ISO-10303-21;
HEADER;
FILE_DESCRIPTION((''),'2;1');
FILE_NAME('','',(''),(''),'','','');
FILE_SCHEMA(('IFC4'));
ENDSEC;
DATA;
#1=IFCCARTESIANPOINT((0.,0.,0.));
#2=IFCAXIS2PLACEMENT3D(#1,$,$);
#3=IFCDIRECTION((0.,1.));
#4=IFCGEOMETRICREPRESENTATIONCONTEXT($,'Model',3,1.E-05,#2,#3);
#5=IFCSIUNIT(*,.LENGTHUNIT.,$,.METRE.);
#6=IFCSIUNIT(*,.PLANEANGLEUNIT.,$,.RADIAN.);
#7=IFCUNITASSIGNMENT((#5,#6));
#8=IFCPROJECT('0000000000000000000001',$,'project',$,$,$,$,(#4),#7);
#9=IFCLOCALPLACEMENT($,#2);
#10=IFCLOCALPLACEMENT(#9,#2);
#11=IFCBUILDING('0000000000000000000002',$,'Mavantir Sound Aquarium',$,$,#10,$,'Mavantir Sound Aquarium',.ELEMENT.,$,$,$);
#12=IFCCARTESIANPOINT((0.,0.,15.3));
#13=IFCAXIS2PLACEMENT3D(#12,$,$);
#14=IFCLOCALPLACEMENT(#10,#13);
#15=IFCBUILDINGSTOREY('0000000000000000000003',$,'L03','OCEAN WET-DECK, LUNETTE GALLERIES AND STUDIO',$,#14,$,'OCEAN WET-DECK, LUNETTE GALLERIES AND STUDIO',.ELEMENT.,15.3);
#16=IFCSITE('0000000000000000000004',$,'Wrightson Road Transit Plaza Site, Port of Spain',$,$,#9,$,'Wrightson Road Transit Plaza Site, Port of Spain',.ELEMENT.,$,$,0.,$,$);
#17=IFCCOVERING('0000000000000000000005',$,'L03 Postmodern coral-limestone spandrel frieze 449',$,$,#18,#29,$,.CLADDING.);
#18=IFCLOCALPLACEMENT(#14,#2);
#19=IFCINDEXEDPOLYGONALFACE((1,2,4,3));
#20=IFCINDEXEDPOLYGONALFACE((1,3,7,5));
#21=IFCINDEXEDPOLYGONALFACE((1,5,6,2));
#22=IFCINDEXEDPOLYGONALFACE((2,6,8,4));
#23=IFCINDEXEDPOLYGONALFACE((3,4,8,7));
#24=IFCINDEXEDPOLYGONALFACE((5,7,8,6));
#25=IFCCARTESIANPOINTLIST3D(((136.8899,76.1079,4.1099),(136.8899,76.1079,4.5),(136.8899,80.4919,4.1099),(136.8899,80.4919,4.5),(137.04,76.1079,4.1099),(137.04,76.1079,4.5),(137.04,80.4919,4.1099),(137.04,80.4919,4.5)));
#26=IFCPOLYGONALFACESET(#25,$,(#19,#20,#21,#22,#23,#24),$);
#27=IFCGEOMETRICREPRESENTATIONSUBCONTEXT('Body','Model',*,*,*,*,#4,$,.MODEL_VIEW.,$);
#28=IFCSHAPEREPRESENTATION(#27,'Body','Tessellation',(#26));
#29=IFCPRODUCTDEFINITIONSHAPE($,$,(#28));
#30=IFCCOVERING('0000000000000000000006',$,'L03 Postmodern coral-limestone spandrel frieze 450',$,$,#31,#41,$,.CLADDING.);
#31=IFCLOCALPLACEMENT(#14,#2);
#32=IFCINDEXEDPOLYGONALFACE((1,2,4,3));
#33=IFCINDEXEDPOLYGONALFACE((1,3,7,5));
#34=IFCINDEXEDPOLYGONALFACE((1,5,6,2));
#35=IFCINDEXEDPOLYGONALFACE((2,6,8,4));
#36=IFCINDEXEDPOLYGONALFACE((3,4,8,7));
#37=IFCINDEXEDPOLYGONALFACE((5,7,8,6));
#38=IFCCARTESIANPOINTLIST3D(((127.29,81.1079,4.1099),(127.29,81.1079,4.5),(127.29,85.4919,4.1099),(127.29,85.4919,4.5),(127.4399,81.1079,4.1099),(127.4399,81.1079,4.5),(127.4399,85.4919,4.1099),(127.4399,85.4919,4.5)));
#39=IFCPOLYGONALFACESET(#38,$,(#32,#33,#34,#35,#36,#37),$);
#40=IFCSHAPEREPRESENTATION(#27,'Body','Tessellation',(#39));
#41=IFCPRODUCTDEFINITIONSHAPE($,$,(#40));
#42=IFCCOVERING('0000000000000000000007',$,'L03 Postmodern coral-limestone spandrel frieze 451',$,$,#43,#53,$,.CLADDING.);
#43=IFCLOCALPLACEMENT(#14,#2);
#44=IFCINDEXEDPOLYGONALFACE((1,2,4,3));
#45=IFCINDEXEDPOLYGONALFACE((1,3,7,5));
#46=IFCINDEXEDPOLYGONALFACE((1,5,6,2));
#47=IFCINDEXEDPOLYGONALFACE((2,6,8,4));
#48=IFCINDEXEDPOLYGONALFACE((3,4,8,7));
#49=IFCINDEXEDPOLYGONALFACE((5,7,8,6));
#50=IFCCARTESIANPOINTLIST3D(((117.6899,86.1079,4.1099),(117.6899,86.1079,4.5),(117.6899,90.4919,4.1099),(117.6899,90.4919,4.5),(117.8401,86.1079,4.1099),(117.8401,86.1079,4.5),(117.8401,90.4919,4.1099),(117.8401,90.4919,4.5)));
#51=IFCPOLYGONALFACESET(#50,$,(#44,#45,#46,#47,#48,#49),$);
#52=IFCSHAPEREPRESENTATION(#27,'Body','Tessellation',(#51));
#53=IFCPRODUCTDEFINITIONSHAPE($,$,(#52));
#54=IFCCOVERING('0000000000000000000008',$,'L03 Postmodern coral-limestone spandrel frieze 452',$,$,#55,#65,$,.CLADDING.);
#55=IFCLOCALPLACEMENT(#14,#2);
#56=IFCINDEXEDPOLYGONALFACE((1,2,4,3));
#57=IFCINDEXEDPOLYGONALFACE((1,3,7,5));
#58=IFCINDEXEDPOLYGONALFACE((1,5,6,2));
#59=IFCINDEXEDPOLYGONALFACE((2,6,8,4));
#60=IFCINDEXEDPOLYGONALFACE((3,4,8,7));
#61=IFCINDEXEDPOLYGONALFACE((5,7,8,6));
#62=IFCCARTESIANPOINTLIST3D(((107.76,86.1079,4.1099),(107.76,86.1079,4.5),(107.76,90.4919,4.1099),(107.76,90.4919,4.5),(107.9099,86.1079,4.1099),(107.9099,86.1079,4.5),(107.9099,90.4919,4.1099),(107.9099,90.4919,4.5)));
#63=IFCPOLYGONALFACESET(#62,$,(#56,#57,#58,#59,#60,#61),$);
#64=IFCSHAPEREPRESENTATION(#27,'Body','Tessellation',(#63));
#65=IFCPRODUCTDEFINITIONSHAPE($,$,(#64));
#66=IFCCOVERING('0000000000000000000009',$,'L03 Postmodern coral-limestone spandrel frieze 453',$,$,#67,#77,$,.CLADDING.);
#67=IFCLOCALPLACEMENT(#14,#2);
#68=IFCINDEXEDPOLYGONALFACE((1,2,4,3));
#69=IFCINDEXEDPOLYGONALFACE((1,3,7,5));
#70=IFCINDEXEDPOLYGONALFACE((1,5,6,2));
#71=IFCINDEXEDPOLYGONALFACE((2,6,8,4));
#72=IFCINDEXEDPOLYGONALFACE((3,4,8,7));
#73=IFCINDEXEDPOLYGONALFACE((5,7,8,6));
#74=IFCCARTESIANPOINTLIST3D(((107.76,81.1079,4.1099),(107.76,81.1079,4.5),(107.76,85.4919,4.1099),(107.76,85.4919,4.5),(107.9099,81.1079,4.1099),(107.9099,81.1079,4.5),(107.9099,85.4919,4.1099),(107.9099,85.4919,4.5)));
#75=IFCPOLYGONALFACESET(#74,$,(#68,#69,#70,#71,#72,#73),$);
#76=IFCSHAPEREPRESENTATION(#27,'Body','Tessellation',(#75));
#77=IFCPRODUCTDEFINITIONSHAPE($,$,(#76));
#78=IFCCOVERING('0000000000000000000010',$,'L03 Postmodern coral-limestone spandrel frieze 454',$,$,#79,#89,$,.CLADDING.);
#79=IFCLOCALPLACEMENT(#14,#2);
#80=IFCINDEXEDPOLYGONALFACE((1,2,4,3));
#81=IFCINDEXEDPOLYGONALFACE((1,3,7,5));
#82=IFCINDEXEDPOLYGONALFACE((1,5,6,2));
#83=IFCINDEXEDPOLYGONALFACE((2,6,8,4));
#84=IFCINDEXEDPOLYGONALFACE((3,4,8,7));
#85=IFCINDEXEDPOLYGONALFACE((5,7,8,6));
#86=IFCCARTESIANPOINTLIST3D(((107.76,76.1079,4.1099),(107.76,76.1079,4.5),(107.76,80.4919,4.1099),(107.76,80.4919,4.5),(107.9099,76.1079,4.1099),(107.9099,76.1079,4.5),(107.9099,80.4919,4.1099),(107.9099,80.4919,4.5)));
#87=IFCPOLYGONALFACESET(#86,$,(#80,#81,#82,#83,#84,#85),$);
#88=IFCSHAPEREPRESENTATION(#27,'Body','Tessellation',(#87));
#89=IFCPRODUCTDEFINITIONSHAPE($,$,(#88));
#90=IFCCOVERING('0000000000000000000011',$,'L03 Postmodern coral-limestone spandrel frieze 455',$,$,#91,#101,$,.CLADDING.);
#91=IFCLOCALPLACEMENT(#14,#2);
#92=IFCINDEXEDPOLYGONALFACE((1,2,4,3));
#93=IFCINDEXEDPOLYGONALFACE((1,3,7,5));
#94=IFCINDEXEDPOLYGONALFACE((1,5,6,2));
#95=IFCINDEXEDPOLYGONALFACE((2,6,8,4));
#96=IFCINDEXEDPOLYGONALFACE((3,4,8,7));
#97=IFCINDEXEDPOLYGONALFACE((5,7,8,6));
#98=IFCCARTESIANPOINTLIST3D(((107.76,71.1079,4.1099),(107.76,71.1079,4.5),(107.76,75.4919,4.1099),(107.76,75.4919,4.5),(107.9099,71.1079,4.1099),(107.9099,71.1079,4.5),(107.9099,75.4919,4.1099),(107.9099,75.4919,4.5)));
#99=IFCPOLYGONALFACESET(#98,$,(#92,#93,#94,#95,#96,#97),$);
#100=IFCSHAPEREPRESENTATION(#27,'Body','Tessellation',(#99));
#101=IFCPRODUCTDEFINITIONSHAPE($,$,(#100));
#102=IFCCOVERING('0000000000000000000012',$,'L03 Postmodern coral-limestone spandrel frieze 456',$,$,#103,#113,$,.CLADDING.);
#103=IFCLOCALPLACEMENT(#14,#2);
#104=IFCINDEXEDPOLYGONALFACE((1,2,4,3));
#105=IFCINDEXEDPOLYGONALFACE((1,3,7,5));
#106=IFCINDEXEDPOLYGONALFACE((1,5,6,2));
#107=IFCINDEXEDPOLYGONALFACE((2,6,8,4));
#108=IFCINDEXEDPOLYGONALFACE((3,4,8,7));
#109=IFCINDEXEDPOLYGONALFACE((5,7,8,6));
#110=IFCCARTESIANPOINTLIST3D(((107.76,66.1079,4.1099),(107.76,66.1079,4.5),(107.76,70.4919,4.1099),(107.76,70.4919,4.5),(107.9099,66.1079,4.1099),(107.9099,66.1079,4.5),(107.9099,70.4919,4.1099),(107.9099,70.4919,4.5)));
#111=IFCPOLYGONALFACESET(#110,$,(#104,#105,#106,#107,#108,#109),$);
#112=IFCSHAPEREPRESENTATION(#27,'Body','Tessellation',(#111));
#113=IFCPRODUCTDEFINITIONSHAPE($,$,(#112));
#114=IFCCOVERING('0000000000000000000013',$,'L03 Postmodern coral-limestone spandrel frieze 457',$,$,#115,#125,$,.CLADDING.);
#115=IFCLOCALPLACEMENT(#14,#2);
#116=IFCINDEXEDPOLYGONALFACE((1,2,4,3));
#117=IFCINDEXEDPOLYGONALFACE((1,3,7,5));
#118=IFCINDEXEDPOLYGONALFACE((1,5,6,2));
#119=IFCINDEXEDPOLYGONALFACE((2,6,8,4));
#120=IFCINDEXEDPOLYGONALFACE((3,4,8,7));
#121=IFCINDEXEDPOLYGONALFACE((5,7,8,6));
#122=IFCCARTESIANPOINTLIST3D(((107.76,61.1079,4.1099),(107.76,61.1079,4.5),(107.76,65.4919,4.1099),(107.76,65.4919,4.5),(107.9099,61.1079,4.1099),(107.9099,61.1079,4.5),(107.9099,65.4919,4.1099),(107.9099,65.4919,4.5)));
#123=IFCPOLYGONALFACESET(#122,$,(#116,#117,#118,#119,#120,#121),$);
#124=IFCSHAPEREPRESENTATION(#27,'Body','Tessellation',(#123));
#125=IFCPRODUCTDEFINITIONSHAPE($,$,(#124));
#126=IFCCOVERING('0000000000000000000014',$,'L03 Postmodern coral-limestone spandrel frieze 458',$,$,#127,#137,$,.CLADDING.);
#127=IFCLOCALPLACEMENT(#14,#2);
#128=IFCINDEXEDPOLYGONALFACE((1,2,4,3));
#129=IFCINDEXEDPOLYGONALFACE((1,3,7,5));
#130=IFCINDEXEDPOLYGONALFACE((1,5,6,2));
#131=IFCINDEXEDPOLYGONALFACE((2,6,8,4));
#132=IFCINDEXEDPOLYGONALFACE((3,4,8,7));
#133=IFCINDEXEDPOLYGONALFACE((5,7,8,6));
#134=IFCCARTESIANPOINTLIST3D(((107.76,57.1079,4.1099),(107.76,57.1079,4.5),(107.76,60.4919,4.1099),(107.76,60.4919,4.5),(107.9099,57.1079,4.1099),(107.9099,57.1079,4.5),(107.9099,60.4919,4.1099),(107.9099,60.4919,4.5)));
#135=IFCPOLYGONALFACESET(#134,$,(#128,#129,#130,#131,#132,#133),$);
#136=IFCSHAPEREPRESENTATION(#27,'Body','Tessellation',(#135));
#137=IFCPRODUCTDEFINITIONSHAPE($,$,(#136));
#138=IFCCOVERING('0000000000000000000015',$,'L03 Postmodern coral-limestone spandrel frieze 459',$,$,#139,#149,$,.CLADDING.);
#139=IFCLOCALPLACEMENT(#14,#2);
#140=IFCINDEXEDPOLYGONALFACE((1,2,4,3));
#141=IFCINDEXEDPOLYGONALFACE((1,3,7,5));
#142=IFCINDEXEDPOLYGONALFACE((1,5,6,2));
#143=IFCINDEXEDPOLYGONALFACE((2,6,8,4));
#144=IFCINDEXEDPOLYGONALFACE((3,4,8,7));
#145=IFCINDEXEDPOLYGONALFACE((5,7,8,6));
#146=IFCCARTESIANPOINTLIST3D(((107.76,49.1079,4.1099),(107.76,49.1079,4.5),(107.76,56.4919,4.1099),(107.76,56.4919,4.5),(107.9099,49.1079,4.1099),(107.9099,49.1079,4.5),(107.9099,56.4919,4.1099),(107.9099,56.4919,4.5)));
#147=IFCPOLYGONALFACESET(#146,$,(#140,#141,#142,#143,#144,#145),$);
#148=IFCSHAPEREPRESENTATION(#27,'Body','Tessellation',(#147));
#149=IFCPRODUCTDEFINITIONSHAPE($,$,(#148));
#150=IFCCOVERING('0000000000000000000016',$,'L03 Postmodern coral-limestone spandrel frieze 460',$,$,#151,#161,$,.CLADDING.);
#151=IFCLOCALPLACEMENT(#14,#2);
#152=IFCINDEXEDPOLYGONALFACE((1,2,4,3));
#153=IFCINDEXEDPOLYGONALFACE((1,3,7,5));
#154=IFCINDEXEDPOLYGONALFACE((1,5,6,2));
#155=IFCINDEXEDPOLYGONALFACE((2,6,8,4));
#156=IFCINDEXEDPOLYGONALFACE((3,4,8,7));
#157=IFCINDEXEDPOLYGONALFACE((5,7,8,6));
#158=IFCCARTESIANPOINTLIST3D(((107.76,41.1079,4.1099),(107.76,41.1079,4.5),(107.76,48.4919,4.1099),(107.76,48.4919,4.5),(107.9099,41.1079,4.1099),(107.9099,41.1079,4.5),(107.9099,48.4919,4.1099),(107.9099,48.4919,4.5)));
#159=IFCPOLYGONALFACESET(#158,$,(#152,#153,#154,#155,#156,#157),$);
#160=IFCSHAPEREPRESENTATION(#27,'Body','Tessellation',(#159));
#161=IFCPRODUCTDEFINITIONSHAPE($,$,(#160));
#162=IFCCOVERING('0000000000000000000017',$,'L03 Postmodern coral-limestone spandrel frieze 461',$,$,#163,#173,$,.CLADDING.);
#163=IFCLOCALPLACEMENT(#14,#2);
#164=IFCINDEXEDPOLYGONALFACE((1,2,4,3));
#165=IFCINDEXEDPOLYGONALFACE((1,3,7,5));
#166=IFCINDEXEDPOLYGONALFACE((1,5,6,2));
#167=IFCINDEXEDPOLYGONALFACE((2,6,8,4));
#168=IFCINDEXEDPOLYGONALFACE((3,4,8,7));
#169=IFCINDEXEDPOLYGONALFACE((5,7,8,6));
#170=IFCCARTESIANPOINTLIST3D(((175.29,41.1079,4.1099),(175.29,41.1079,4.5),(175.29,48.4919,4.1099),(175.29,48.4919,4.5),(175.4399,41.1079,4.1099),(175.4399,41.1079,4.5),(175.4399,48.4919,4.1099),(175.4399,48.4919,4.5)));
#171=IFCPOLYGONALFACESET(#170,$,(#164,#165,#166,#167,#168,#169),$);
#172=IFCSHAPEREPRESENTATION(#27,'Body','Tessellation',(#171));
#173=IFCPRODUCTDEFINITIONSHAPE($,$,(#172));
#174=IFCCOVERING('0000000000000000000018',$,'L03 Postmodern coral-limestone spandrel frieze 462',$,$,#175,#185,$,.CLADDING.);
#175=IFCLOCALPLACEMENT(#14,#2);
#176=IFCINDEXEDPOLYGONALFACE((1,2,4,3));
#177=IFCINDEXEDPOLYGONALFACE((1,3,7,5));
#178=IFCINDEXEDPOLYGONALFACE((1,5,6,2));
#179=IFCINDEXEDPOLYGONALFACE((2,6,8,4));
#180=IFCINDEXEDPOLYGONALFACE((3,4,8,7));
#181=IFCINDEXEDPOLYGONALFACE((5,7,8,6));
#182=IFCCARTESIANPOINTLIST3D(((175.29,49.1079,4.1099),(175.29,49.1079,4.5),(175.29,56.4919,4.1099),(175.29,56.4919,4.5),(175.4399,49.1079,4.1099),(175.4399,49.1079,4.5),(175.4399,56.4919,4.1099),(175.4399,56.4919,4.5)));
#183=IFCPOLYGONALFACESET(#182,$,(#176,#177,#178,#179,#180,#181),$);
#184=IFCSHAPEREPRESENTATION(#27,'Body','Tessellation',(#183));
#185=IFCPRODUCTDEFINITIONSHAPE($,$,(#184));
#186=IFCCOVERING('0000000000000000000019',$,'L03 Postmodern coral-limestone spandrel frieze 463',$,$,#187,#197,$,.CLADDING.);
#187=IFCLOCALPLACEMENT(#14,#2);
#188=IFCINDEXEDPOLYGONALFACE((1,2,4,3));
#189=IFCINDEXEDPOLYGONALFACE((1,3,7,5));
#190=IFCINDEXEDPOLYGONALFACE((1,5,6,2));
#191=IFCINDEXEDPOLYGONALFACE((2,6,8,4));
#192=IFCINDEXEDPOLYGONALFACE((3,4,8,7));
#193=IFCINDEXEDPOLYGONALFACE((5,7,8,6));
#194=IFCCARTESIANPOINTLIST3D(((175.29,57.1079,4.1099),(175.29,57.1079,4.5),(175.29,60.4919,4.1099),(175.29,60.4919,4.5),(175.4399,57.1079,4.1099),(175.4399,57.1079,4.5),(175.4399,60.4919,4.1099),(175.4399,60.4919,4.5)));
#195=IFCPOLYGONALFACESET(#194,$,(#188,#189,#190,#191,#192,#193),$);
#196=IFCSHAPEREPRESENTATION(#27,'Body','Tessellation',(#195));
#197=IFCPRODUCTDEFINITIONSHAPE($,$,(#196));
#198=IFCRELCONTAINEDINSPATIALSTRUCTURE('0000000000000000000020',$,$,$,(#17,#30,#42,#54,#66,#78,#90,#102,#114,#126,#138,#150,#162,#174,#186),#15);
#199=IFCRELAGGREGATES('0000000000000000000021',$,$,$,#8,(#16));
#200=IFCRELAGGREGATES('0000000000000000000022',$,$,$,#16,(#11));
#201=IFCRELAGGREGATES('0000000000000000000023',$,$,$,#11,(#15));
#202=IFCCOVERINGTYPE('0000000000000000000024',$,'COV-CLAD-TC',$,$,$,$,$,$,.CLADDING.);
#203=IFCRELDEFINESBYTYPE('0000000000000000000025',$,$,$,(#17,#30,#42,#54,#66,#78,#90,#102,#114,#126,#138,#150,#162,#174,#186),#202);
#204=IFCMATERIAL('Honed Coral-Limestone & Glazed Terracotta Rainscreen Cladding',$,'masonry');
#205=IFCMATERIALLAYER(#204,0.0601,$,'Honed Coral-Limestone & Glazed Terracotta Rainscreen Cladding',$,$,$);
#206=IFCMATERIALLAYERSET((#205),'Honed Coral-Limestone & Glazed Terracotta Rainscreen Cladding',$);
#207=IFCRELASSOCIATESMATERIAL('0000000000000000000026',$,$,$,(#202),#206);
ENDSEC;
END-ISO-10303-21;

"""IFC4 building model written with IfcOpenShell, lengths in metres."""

from ifc_helpers import new_model, si_unit, direction, frame, origin, place, context, subcontext, project, spatial, polyline, outline, extrude, material, layer, layer_set, type_object, element, save


model = new_model("IFC4")

# Units and contexts
model_context = context("Model", 3, precision=1e-05, world=origin(), true_north=direction((0.0, 1.0)))
body_context = subcontext(model_context, "Body", "Model", "MODEL_VIEW")
ifc_project = project(units=[si_unit("LENGTHUNIT", "METRE"), si_unit("PLANEANGLEUNIT", "RADIAN")], contexts=[model_context])

# Site, building, storey
site_placement = place(None, origin())
site = spatial("IfcSite", under=ifc_project, at=site_placement, Name="Wrightson Road Transit Plaza Site, Port of Spain", LongName="Wrightson Road Transit Plaza Site, Port of Spain", CompositionType="ELEMENT", RefElevation=0.0)
building_placement = place(site_placement, origin())
building = spatial("IfcBuilding", under=site, at=building_placement, Name="Mavantir Sound Aquarium", LongName="Mavantir Sound Aquarium", CompositionType="ELEMENT")
storey_placement = place(building_placement, frame((0.0, 0.0, 15.3)))
storey = spatial("IfcBuildingStorey", under=building, at=storey_placement, Name="L03", Description="OCEAN WET-DECK, LUNETTE GALLERIES AND STUDIO", LongName="OCEAN WET-DECK, LUNETTE GALLERIES AND STUDIO", CompositionType="ELEMENT", Elevation=15.3)

# Coverings
ifc_material = material(Name="Honed Coral-Limestone & Glazed Terracotta Rainscreen Cladding", Category="masonry")
ifc_layer = layer(ifc_material, 0.0601, Name="Honed Coral-Limestone & Glazed Terracotta Rainscreen Cladding")
ifc_layer_set = layer_set([ifc_layer], Name="Honed Coral-Limestone & Glazed Terracotta Rainscreen Cladding")
covering_type = type_object("IfcCoveringType", Name="COV-CLAD-TC", PredefinedType="CLADDING", material=ifc_layer_set)
covering_1_placement = place(storey_placement, frame((0.0, 0.0, 4.1099)))
element("IfcCovering", 1, at=covering_1_placement, inside=storey, type_object=covering_type, Name="L03 Postmodern coral-limestone spandrel frieze 449", PredefinedType="CLADDING", context=body_context, shape_type="SweptSolid", body=[
    extrude(outline(polyline([(136.8899, 76.1079), (136.8899, 80.4919), (137.04, 80.4919), (137.04, 76.1079), (136.8899, 76.1079)])), origin(), (0.0, 0.0, 1.0), 0.3901),
])
covering_2_placement = place(storey_placement, frame((0.0, 0.0, 4.1099)))
element("IfcCovering", 2, at=covering_2_placement, inside=storey, type_object=covering_type, Name="L03 Postmodern coral-limestone spandrel frieze 450", PredefinedType="CLADDING", context=body_context, shape_type="SweptSolid", body=[
    extrude(outline(polyline([(127.29, 81.1079), (127.29, 85.4919), (127.4399, 85.4919), (127.4399, 81.1079), (127.29, 81.1079)])), origin(), (0.0, 0.0, 1.0), 0.3901),
])
covering_3_placement = place(storey_placement, frame((0.0, 0.0, 4.1099)))
element("IfcCovering", 3, at=covering_3_placement, inside=storey, type_object=covering_type, Name="L03 Postmodern coral-limestone spandrel frieze 451", PredefinedType="CLADDING", context=body_context, shape_type="SweptSolid", body=[
    extrude(outline(polyline([(117.6899, 86.1079), (117.6899, 90.4919), (117.8401, 90.4919), (117.8401, 86.1079), (117.6899, 86.1079)])), origin(), (0.0, 0.0, 1.0), 0.3901),
])
covering_4_placement = place(storey_placement, frame((0.0, 0.0, 4.1099)))
element("IfcCovering", 4, at=covering_4_placement, inside=storey, type_object=covering_type, Name="L03 Postmodern coral-limestone spandrel frieze 452", PredefinedType="CLADDING", context=body_context, shape_type="SweptSolid", body=[
    extrude(outline(polyline([(107.9099, 90.4919), (107.9099, 86.1079), (107.76, 86.1079), (107.76, 90.4919), (107.9099, 90.4919)])), origin(), (0.0, 0.0, 1.0), 0.3901),
])
covering_5_placement = place(storey_placement, frame((0.0, 0.0, 4.1099)))
element("IfcCovering", 5, at=covering_5_placement, inside=storey, type_object=covering_type, Name="L03 Postmodern coral-limestone spandrel frieze 453", PredefinedType="CLADDING", context=body_context, shape_type="SweptSolid", body=[
    extrude(outline(polyline([(107.9099, 85.4919), (107.9099, 81.1079), (107.76, 81.1079), (107.76, 85.4919), (107.9099, 85.4919)])), origin(), (0.0, 0.0, 1.0), 0.3901),
])
covering_6_placement = place(storey_placement, frame((0.0, 0.0, 4.1099)))
element("IfcCovering", 6, at=covering_6_placement, inside=storey, type_object=covering_type, Name="L03 Postmodern coral-limestone spandrel frieze 454", PredefinedType="CLADDING", context=body_context, shape_type="SweptSolid", body=[
    extrude(outline(polyline([(107.9099, 80.4919), (107.9099, 76.1079), (107.76, 76.1079), (107.76, 80.4919), (107.9099, 80.4919)])), origin(), (0.0, 0.0, 1.0), 0.3901),
])
covering_7_placement = place(storey_placement, frame((0.0, 0.0, 4.1099)))
element("IfcCovering", 7, at=covering_7_placement, inside=storey, type_object=covering_type, Name="L03 Postmodern coral-limestone spandrel frieze 455", PredefinedType="CLADDING", context=body_context, shape_type="SweptSolid", body=[
    extrude(outline(polyline([(107.9099, 75.4919), (107.9099, 71.1079), (107.76, 71.1079), (107.76, 75.4919), (107.9099, 75.4919)])), origin(), (0.0, 0.0, 1.0), 0.3901),
])
covering_8_placement = place(storey_placement, frame((0.0, 0.0, 4.1099)))
element("IfcCovering", 8, at=covering_8_placement, inside=storey, type_object=covering_type, Name="L03 Postmodern coral-limestone spandrel frieze 456", PredefinedType="CLADDING", context=body_context, shape_type="SweptSolid", body=[
    extrude(outline(polyline([(107.9099, 70.4919), (107.9099, 66.1079), (107.76, 66.1079), (107.76, 70.4919), (107.9099, 70.4919)])), origin(), (0.0, 0.0, 1.0), 0.3901),
])
covering_9_placement = place(storey_placement, frame((0.0, 0.0, 4.1099)))
element("IfcCovering", 9, at=covering_9_placement, inside=storey, type_object=covering_type, Name="L03 Postmodern coral-limestone spandrel frieze 457", PredefinedType="CLADDING", context=body_context, shape_type="SweptSolid", body=[
    extrude(outline(polyline([(107.9099, 65.4919), (107.9099, 61.1079), (107.76, 61.1079), (107.76, 65.4919), (107.9099, 65.4919)])), origin(), (0.0, 0.0, 1.0), 0.3901),
])
covering_10_placement = place(storey_placement, frame((0.0, 0.0, 4.1099)))
element("IfcCovering", 10, at=covering_10_placement, inside=storey, type_object=covering_type, Name="L03 Postmodern coral-limestone spandrel frieze 458", PredefinedType="CLADDING", context=body_context, shape_type="SweptSolid", body=[
    extrude(outline(polyline([(107.9099, 60.4919), (107.9099, 57.1079), (107.76, 57.1079), (107.76, 60.4919), (107.9099, 60.4919)])), origin(), (0.0, 0.0, 1.0), 0.3901),
])
covering_11_placement = place(storey_placement, frame((0.0, 0.0, 4.1099)))
element("IfcCovering", 11, at=covering_11_placement, inside=storey, type_object=covering_type, Name="L03 Postmodern coral-limestone spandrel frieze 459", PredefinedType="CLADDING", context=body_context, shape_type="SweptSolid", body=[
    extrude(outline(polyline([(107.9099, 56.4919), (107.9099, 49.1079), (107.76, 49.1079), (107.76, 56.4919), (107.9099, 56.4919)])), origin(), (0.0, 0.0, 1.0), 0.3901),
])
covering_12_placement = place(storey_placement, frame((0.0, 0.0, 4.1099)))
element("IfcCovering", 12, at=covering_12_placement, inside=storey, type_object=covering_type, Name="L03 Postmodern coral-limestone spandrel frieze 460", PredefinedType="CLADDING", context=body_context, shape_type="SweptSolid", body=[
    extrude(outline(polyline([(107.9099, 48.4919), (107.9099, 41.1079), (107.76, 41.1079), (107.76, 48.4919), (107.9099, 48.4919)])), origin(), (0.0, 0.0, 1.0), 0.3901),
])
covering_13_placement = place(storey_placement, frame((0.0, 0.0, 4.1099)))
element("IfcCovering", 13, at=covering_13_placement, inside=storey, type_object=covering_type, Name="L03 Postmodern coral-limestone spandrel frieze 461", PredefinedType="CLADDING", context=body_context, shape_type="SweptSolid", body=[
    extrude(outline(polyline([(175.29, 41.1079), (175.29, 48.4919), (175.4399, 48.4919), (175.4399, 41.1079), (175.29, 41.1079)])), origin(), (0.0, 0.0, 1.0), 0.3901),
])
covering_14_placement = place(storey_placement, frame((0.0, 0.0, 4.1099)))
element("IfcCovering", 14, at=covering_14_placement, inside=storey, type_object=covering_type, Name="L03 Postmodern coral-limestone spandrel frieze 462", PredefinedType="CLADDING", context=body_context, shape_type="SweptSolid", body=[
    extrude(outline(polyline([(175.29, 49.1079), (175.29, 56.4919), (175.4399, 56.4919), (175.4399, 49.1079), (175.29, 49.1079)])), origin(), (0.0, 0.0, 1.0), 0.3901),
])
covering_15_placement = place(storey_placement, frame((0.0, 0.0, 4.1099)))
element("IfcCovering", 15, at=covering_15_placement, inside=storey, type_object=covering_type, Name="L03 Postmodern coral-limestone spandrel frieze 463", PredefinedType="CLADDING", context=body_context, shape_type="SweptSolid", body=[
    extrude(outline(polyline([(175.29, 57.1079), (175.29, 60.4919), (175.4399, 60.4919), (175.4399, 57.1079), (175.29, 57.1079)])), origin(), (0.0, 0.0, 1.0), 0.3901),
])

save(model, "model.ifc")
